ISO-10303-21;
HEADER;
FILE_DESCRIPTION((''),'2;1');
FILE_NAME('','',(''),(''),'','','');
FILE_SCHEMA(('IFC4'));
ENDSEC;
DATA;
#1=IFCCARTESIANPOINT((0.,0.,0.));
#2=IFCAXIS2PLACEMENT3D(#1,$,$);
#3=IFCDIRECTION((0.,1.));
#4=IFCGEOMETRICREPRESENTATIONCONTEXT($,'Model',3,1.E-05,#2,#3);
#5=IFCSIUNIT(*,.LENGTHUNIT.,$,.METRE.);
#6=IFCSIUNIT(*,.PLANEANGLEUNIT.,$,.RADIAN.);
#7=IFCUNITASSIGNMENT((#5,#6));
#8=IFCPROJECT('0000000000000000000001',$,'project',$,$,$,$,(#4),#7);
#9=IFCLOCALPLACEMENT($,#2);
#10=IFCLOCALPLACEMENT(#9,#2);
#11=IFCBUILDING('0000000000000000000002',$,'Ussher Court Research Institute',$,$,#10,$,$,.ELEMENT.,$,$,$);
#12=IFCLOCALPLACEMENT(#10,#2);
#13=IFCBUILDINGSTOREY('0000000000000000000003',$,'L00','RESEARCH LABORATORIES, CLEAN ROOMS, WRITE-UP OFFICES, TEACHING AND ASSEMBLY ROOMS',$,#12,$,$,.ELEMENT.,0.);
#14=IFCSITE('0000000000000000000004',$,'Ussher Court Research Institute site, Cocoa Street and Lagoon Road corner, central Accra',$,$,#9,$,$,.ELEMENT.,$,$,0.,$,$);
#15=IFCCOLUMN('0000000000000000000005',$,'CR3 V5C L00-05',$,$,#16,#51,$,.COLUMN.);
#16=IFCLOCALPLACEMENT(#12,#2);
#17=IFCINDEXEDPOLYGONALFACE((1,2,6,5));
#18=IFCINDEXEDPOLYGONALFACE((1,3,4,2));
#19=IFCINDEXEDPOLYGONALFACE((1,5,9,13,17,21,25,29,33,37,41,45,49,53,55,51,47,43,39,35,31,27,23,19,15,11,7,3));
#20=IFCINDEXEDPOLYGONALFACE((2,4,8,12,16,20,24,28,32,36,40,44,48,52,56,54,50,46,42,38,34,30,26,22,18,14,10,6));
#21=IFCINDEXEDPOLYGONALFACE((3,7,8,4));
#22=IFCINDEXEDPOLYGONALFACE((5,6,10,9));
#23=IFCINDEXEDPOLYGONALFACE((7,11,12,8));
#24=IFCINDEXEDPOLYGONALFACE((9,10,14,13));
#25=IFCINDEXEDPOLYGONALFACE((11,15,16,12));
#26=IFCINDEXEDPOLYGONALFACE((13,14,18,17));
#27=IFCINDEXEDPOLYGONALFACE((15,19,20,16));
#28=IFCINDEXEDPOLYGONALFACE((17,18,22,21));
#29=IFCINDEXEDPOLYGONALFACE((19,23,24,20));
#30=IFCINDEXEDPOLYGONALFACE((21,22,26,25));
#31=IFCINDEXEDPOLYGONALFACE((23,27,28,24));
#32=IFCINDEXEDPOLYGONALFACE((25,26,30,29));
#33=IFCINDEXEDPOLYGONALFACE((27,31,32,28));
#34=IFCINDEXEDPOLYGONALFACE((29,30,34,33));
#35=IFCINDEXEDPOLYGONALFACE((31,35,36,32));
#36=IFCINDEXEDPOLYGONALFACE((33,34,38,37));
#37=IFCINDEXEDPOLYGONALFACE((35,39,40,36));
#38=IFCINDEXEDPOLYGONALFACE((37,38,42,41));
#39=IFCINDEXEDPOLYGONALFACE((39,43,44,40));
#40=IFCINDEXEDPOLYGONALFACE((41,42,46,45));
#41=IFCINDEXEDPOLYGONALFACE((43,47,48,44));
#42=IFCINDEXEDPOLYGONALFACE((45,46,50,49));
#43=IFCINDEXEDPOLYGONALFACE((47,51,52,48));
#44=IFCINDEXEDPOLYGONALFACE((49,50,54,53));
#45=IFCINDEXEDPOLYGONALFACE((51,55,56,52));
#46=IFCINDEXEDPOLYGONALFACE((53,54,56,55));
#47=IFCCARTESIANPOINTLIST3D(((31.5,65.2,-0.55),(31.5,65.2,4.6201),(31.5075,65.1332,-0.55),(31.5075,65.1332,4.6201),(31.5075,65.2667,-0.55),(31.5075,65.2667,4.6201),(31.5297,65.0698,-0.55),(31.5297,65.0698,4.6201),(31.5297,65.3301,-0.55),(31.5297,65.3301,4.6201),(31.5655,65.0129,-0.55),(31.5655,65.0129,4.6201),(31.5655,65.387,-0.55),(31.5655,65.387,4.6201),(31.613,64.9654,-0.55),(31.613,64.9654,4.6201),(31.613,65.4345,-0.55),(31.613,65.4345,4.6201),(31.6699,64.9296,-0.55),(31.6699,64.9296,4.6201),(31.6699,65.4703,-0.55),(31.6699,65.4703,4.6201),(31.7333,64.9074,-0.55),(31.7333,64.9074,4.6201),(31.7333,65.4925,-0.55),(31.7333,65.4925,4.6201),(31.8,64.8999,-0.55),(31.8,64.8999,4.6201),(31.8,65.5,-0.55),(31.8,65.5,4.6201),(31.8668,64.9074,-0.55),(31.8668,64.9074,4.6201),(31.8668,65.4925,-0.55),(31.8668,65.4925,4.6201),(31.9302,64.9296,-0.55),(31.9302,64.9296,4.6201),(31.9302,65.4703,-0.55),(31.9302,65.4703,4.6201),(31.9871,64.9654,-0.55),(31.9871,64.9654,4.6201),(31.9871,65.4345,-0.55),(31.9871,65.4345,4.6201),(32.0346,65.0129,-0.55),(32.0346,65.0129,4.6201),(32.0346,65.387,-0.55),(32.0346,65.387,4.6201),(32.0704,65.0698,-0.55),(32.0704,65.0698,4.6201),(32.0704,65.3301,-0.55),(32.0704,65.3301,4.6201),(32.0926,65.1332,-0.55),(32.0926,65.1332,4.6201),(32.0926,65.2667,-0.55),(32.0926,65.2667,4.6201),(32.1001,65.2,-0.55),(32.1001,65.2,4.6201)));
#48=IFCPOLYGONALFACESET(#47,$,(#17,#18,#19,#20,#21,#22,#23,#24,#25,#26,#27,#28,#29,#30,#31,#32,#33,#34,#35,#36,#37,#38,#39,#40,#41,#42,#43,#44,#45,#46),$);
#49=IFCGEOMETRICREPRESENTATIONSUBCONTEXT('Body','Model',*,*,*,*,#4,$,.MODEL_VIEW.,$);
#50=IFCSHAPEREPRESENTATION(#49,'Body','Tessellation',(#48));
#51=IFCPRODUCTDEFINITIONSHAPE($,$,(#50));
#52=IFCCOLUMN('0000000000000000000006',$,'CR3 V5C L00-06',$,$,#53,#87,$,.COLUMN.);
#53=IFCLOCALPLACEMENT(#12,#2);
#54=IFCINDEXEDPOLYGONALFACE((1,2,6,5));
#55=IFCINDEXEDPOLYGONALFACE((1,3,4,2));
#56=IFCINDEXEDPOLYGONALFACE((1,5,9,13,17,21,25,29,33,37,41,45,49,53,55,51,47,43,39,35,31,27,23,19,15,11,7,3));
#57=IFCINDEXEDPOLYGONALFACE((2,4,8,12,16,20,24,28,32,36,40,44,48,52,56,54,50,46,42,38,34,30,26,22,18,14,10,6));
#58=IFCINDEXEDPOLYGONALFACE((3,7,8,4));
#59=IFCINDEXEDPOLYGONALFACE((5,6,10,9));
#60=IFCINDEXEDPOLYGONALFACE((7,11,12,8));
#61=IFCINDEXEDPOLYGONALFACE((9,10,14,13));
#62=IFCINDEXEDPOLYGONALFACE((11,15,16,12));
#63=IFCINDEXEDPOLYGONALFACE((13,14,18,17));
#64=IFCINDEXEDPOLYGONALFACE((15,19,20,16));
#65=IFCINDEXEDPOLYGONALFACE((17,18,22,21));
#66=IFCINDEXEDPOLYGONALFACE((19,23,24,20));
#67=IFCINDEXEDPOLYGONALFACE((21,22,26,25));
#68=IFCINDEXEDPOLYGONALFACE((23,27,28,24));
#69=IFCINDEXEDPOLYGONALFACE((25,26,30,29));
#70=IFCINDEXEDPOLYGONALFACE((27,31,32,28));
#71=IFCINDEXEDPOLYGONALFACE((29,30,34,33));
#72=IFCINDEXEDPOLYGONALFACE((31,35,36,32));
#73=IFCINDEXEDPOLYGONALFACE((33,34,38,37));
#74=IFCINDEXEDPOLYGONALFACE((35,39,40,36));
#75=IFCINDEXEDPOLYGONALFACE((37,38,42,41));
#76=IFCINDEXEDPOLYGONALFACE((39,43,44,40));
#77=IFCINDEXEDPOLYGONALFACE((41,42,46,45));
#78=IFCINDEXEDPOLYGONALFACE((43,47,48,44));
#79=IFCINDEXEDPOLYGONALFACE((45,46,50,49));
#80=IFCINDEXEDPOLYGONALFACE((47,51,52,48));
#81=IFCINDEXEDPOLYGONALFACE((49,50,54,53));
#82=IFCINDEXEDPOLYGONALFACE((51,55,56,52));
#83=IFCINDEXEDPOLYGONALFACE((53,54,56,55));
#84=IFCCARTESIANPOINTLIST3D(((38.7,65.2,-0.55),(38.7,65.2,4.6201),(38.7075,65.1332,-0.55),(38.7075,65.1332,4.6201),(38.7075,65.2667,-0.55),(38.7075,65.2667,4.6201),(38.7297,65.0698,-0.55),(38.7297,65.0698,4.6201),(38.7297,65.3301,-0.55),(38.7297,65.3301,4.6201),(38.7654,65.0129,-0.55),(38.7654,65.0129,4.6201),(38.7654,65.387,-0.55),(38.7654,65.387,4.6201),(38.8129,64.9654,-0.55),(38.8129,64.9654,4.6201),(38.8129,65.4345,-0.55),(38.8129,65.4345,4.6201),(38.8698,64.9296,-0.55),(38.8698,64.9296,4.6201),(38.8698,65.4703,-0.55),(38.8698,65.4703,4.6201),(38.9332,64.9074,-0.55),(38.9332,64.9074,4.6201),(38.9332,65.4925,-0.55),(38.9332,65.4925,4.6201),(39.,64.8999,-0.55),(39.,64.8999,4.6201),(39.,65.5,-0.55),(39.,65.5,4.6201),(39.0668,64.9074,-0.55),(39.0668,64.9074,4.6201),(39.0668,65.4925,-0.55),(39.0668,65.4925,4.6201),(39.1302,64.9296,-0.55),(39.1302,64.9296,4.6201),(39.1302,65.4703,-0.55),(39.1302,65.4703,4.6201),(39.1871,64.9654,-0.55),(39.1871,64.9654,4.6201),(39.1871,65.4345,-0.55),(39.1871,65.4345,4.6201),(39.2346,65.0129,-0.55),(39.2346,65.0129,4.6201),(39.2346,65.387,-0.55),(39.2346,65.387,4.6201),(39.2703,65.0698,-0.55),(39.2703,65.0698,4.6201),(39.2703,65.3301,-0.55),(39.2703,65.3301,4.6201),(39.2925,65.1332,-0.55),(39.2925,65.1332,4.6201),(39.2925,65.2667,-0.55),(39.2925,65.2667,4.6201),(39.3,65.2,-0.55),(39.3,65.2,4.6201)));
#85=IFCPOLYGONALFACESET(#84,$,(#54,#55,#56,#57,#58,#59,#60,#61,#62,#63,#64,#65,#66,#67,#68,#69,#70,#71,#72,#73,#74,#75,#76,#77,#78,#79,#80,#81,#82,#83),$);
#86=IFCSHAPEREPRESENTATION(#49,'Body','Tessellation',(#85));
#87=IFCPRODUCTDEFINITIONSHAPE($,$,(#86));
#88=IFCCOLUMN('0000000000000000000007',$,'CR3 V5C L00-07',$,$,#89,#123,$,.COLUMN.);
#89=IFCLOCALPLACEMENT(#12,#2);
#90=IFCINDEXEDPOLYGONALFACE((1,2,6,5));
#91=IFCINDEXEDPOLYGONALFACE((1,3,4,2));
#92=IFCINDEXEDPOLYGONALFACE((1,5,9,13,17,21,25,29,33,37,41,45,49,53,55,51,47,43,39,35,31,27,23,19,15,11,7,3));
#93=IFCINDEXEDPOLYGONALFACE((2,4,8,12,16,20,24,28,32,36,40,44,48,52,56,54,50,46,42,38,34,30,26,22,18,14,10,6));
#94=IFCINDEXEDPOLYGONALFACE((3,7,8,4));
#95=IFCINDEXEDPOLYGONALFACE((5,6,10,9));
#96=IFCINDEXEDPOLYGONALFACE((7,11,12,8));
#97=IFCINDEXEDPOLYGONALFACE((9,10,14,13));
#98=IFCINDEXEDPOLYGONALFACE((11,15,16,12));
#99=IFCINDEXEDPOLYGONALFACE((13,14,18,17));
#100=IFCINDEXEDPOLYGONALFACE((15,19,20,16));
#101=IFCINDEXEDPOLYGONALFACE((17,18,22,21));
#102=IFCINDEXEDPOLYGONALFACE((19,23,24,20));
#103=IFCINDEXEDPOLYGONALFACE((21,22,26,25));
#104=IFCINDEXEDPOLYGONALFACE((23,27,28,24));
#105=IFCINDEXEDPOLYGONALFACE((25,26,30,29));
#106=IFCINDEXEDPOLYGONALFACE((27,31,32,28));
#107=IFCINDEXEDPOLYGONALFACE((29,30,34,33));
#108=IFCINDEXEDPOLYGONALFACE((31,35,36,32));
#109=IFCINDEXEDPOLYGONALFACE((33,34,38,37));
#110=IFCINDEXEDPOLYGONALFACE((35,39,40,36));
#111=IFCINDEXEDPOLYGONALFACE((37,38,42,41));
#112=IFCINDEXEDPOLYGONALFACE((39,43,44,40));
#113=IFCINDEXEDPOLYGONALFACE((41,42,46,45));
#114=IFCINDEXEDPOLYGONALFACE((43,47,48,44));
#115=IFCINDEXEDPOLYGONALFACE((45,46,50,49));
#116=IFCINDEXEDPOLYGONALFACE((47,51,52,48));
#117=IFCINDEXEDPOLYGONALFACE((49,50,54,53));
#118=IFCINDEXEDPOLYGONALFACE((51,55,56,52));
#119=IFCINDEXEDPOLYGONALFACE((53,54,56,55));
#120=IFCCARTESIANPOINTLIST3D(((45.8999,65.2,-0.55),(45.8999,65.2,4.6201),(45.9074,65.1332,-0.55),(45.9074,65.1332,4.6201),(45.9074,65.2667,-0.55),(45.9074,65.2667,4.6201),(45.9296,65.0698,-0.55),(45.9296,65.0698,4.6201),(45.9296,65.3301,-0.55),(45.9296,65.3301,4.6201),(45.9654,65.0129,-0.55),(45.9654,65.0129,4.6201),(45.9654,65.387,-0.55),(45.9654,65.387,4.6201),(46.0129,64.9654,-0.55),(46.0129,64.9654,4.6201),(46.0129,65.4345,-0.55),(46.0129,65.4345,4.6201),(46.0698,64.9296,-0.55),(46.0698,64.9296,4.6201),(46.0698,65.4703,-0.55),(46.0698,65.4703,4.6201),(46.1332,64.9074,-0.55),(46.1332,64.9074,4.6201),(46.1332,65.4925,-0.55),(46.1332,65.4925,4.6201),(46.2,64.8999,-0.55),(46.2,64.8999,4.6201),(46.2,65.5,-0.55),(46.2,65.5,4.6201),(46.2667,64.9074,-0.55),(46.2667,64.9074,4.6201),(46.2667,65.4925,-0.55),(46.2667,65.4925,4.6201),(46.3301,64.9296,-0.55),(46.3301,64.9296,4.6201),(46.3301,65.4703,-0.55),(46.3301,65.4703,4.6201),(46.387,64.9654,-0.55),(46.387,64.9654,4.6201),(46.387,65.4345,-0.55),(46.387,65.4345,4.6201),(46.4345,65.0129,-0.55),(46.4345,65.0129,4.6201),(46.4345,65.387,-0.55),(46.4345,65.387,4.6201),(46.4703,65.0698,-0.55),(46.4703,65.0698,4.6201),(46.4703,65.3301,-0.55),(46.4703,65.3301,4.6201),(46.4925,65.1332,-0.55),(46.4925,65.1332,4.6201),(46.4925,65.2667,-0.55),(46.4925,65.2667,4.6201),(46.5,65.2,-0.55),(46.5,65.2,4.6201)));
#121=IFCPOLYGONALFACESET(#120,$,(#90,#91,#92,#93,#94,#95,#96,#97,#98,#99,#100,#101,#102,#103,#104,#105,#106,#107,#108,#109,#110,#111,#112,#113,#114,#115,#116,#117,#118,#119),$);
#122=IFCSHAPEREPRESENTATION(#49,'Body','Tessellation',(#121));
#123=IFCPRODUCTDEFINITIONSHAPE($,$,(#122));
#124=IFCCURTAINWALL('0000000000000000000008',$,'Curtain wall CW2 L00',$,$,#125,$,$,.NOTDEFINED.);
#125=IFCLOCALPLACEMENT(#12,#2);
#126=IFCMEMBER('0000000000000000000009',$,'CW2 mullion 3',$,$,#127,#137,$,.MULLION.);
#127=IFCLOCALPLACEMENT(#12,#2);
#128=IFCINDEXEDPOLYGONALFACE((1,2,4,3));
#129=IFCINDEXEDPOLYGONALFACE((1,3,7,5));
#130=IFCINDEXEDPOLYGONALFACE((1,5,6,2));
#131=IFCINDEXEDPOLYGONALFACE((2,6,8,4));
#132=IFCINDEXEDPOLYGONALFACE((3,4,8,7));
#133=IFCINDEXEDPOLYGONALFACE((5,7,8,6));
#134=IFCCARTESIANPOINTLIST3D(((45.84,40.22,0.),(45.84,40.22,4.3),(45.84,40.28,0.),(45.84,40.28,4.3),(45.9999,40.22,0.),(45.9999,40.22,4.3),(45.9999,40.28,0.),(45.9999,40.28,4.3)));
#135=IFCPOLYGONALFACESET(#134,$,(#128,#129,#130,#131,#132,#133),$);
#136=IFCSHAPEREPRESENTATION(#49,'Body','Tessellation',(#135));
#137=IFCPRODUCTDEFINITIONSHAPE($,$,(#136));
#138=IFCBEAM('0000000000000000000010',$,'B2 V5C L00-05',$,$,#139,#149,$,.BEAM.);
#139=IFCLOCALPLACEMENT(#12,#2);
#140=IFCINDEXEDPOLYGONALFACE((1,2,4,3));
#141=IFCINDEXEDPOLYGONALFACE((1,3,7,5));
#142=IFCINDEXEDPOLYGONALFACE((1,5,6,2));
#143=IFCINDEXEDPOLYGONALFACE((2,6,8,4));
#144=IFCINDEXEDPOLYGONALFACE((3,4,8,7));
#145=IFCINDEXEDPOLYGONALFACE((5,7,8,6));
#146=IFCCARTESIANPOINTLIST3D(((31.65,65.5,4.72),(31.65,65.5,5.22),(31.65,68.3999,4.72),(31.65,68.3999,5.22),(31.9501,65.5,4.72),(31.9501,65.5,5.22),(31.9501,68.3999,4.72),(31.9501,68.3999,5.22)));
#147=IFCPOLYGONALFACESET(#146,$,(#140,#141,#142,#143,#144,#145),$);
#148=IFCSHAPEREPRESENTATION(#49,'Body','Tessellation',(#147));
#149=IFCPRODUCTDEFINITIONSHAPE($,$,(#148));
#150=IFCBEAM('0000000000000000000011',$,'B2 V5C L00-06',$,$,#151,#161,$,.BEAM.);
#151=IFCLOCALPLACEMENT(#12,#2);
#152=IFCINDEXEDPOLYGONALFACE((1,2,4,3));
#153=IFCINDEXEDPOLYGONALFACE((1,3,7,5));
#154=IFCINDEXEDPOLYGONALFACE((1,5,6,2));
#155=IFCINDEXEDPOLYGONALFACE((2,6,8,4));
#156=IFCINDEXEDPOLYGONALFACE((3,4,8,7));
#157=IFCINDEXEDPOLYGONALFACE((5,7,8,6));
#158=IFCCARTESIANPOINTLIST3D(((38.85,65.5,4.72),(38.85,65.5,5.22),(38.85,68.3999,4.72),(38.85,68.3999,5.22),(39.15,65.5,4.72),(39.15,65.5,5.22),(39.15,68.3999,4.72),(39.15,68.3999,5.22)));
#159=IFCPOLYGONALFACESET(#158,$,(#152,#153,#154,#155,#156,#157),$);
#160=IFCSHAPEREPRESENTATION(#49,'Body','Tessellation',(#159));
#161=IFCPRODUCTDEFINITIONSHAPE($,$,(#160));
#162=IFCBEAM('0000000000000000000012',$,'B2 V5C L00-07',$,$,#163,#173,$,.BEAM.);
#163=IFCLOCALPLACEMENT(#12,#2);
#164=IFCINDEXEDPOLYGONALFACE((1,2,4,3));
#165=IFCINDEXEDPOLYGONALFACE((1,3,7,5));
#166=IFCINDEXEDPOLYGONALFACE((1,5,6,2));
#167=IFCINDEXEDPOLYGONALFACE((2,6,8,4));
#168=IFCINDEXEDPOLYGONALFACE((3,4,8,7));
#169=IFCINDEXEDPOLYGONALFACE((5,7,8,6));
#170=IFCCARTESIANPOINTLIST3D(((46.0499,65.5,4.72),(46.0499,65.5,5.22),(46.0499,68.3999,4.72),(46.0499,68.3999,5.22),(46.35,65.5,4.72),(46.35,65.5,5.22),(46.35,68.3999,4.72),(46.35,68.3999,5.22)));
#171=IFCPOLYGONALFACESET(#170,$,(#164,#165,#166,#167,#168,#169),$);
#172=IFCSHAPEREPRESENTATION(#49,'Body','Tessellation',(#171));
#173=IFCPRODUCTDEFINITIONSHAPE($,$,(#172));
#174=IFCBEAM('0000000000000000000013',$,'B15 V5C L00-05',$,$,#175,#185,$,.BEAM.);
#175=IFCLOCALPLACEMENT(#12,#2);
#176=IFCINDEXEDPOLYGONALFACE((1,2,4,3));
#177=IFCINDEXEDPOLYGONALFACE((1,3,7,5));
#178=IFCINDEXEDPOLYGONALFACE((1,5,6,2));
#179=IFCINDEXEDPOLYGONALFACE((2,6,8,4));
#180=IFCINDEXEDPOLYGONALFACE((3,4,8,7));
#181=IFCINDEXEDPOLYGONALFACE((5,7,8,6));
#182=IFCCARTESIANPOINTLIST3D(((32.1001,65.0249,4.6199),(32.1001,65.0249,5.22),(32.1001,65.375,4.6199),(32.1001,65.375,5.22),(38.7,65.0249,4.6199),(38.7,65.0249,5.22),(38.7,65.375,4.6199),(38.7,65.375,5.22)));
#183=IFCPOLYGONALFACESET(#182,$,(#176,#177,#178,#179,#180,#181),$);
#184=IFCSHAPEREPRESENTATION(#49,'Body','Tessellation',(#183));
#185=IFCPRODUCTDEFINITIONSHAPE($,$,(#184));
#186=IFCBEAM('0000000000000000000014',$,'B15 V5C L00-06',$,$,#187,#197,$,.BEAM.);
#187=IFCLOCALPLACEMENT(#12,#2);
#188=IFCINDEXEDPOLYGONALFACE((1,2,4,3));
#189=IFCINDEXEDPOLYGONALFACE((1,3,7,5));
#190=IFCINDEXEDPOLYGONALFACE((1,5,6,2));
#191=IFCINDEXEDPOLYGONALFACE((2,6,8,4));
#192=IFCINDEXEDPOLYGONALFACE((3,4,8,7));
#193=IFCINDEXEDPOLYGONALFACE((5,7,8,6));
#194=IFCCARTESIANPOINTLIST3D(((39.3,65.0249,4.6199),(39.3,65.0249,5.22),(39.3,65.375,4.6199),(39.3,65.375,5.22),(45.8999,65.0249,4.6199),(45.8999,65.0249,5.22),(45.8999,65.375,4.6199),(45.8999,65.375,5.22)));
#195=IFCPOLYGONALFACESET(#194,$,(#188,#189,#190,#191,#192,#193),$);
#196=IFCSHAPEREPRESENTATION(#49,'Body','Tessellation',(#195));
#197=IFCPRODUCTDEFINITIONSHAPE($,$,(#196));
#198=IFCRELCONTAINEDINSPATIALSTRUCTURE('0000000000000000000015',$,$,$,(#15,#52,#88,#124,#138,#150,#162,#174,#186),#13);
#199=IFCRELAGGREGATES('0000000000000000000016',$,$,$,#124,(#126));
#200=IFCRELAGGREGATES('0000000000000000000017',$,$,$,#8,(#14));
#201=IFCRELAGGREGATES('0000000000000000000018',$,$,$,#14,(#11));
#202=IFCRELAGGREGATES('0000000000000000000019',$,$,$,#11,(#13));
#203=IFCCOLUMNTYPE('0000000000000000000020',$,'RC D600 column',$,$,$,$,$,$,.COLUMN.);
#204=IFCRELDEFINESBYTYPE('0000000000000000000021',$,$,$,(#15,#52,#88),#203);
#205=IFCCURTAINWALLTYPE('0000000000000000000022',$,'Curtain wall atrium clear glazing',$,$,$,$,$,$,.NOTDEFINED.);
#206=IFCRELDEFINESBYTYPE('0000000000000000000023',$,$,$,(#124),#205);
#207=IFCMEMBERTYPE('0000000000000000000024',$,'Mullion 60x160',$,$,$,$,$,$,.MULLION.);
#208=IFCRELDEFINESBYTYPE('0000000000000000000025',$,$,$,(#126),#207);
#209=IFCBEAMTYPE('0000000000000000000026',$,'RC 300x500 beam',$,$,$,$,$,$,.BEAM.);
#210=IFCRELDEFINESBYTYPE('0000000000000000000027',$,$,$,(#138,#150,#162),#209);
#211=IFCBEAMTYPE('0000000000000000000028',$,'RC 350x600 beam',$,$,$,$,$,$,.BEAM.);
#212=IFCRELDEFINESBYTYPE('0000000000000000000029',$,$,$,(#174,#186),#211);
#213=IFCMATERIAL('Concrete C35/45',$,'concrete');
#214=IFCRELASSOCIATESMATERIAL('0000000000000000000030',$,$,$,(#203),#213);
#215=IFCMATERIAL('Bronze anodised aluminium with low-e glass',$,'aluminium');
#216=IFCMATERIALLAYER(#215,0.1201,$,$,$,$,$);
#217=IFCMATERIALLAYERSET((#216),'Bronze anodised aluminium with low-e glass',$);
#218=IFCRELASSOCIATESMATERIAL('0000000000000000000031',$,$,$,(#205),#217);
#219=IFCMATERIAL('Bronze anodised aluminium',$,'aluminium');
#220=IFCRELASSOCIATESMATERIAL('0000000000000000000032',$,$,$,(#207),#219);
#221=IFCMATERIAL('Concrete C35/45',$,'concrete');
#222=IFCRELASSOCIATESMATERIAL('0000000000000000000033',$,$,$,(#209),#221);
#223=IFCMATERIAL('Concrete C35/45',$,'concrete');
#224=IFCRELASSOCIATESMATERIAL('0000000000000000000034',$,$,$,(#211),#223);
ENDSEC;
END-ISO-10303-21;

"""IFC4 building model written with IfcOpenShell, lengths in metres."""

from ifc_helpers import new_model, si_unit, direction, frame, origin, origin_2d, place, context, subcontext, project, spatial, rectangle, circle, extrude, material, layer, layer_set, material_profile, profile_set, type_object, element, aggregate, save


model = new_model("IFC4")

# Units and contexts
model_context = context("Model", 3, precision=1e-05, world=origin(), true_north=direction((0.0, 1.0)))
body_context = subcontext(model_context, "Body", "Model", "MODEL_VIEW")
ifc_project = project(units=[si_unit("LENGTHUNIT", "METRE"), si_unit("PLANEANGLEUNIT", "RADIAN")], contexts=[model_context])

# Site, building, storey
site_placement = place(None, origin())
site = spatial("IfcSite", under=ifc_project, at=site_placement, Name="Ussher Court Research Institute site, Cocoa Street and Lagoon Road corner, central Accra", CompositionType="ELEMENT", RefElevation=0.0)
building_placement = place(site_placement, origin())
building = spatial("IfcBuilding", under=site, at=building_placement, Name="Ussher Court Research Institute", CompositionType="ELEMENT")
storey_placement = place(building_placement, origin())
storey = spatial("IfcBuildingStorey", under=building, at=storey_placement, Name="L00", Description="RESEARCH LABORATORIES, CLEAN ROOMS, WRITE-UP OFFICES, TEACHING AND ASSEMBLY ROOMS", CompositionType="ELEMENT", Elevation=0.0)

# Columns
ifc_material_1 = material(Name="Concrete C35/45", Category="concrete")
ifc_material_profile_1 = material_profile(ifc_material_1, circle(Radius=0.3, at=origin_2d()), Name="RC D600")
ifc_profile_set_1 = profile_set([ifc_material_profile_1], Name="Concrete C35/45")
column_type = type_object("IfcColumnType", Name="RC D600 column", PredefinedType="COLUMN", material=ifc_profile_set_1)
for number, where, z_axis, x_axis, name in (
    (1, (31.8, 65.2, -0.55), (0.0, 0.0, 1.0), (1.0, 0.0, 0.0), "CR3 V5C L00-05"),
    (2, (39.0, 65.2, -0.55), (0.0, 0.0, 1.0), (1.0, 0.0, 0.0), "CR3 V5C L00-06"),
    (3, (46.2, 65.2, -0.55), (0.0, 0.0, 1.0), (1.0, 0.0, 0.0), "CR3 V5C L00-07"),
):
    element("IfcColumn", number, at=place(storey_placement, frame(where, z_axis=z_axis, x_axis=x_axis)), inside=storey, type_object=column_type, Name=name, PredefinedType="COLUMN", context=body_context, shape_type="SweptSolid", body=[
        extrude(circle(Radius=0.3, at=origin_2d()), origin(), (0.0, 0.0, 1.0), 5.1702),
    ])

# Curtain wall, member
ifc_material_2 = material(Name="Bronze anodised aluminium with low-e glass", Category="aluminium")
ifc_layer_1 = layer(ifc_material_2, 0.1201)
ifc_layer_set_1 = layer_set([ifc_layer_1], Name="Bronze anodised aluminium with low-e glass")
curtain_wall_type = type_object("IfcCurtainWallType", Name="Curtain wall atrium clear glazing", PredefinedType="NOTDEFINED", material=ifc_layer_set_1)
curtain_wall_placement = place(storey_placement, origin())
curtain_wall = element("IfcCurtainWall", 4, at=curtain_wall_placement, inside=storey, type_object=curtain_wall_type, Name="Curtain wall CW2 L00", PredefinedType="NOTDEFINED")
ifc_material_3 = material(Name="Bronze anodised aluminium", Category="aluminium")
ifc_material_profile_2 = material_profile(ifc_material_3, rectangle(XDim=0.0601, YDim=0.1599, at=origin_2d()), Name="Mullion 60x160")
ifc_profile_set_2 = profile_set([ifc_material_profile_2], Name="Bronze anodised aluminium")
member_type = type_object("IfcMemberType", Name="Mullion 60x160", PredefinedType="MULLION", material=ifc_profile_set_2)
member_placement = place(storey_placement, frame((45.9199, 40.25, 0.0), z_axis=(0.0, 0.0, 1.0), x_axis=(0.0, 1.0, 0.0)))
member = element("IfcMember", 5, at=member_placement, type_object=member_type, Name="CW2 mullion 3", PredefinedType="MULLION", context=body_context, shape_type="SweptSolid", body=[
    extrude(rectangle(XDim=0.0601, YDim=0.1599, at=origin_2d()), origin(), (0.0, 0.0, 1.0), 4.3),
])

# Beams
ifc_material_4 = material(Name="Concrete C35/45", Category="concrete")
ifc_material_profile_3 = material_profile(ifc_material_4, rectangle(XDim=0.3, YDim=0.5, at=origin_2d()), Name="RC 300x500")
ifc_profile_set_3 = profile_set([ifc_material_profile_3], Name="Concrete C35/45")
beam_type_1 = type_object("IfcBeamType", Name="RC 300x500 beam", PredefinedType="BEAM", material=ifc_profile_set_3)
for number, where, z_axis, x_axis, name in (
    (6, (31.8, 65.5, 4.97), (0.0, 1.0, 0.0), (-1.0, 0.0, 0.0), "B2 V5C L00-05"),
    (7, (39.0, 65.5, 4.97), (0.0, 1.0, 0.0), (-1.0, 0.0, 0.0), "B2 V5C L00-06"),
    (8, (46.2, 65.5, 4.97), (0.0, 1.0, 0.0), (-1.0, 0.0, 0.0), "B2 V5C L00-07"),
):
    element("IfcBeam", number, at=place(storey_placement, frame(where, z_axis=z_axis, x_axis=x_axis)), inside=storey, type_object=beam_type_1, Name=name, PredefinedType="BEAM", context=body_context, shape_type="SweptSolid", body=[
        extrude(rectangle(XDim=0.3, YDim=0.5, at=origin_2d()), origin(), (0.0, 0.0, 1.0), 2.8999),
    ])
ifc_material_5 = material(Name="Concrete C35/45", Category="concrete")
ifc_material_profile_4 = material_profile(ifc_material_5, rectangle(XDim=0.3501, YDim=0.6001, at=origin_2d()), Name="RC 350x600")
ifc_profile_set_4 = profile_set([ifc_material_profile_4], Name="Concrete C35/45")
beam_type_2 = type_object("IfcBeamType", Name="RC 350x600 beam", PredefinedType="BEAM", material=ifc_profile_set_4)
for number, where, z_axis, x_axis, name in (
    (9, (32.1001, 65.2, 4.9199), (1.0, 0.0, 0.0), (0.0, 1.0, 0.0), "B15 V5C L00-05"),
    (10, (39.3, 65.2, 4.9199), (1.0, 0.0, 0.0), (0.0, 1.0, 0.0), "B15 V5C L00-06"),
):
    element("IfcBeam", number, at=place(storey_placement, frame(where, z_axis=z_axis, x_axis=x_axis)), inside=storey, type_object=beam_type_2, Name=name, PredefinedType="BEAM", context=body_context, shape_type="SweptSolid", body=[
        extrude(rectangle(XDim=0.3501, YDim=0.6001, at=origin_2d()), origin(), (0.0, 0.0, 1.0), 6.5999),
    ])

aggregate(curtain_wall, [member])

save(model, "model.ifc")
